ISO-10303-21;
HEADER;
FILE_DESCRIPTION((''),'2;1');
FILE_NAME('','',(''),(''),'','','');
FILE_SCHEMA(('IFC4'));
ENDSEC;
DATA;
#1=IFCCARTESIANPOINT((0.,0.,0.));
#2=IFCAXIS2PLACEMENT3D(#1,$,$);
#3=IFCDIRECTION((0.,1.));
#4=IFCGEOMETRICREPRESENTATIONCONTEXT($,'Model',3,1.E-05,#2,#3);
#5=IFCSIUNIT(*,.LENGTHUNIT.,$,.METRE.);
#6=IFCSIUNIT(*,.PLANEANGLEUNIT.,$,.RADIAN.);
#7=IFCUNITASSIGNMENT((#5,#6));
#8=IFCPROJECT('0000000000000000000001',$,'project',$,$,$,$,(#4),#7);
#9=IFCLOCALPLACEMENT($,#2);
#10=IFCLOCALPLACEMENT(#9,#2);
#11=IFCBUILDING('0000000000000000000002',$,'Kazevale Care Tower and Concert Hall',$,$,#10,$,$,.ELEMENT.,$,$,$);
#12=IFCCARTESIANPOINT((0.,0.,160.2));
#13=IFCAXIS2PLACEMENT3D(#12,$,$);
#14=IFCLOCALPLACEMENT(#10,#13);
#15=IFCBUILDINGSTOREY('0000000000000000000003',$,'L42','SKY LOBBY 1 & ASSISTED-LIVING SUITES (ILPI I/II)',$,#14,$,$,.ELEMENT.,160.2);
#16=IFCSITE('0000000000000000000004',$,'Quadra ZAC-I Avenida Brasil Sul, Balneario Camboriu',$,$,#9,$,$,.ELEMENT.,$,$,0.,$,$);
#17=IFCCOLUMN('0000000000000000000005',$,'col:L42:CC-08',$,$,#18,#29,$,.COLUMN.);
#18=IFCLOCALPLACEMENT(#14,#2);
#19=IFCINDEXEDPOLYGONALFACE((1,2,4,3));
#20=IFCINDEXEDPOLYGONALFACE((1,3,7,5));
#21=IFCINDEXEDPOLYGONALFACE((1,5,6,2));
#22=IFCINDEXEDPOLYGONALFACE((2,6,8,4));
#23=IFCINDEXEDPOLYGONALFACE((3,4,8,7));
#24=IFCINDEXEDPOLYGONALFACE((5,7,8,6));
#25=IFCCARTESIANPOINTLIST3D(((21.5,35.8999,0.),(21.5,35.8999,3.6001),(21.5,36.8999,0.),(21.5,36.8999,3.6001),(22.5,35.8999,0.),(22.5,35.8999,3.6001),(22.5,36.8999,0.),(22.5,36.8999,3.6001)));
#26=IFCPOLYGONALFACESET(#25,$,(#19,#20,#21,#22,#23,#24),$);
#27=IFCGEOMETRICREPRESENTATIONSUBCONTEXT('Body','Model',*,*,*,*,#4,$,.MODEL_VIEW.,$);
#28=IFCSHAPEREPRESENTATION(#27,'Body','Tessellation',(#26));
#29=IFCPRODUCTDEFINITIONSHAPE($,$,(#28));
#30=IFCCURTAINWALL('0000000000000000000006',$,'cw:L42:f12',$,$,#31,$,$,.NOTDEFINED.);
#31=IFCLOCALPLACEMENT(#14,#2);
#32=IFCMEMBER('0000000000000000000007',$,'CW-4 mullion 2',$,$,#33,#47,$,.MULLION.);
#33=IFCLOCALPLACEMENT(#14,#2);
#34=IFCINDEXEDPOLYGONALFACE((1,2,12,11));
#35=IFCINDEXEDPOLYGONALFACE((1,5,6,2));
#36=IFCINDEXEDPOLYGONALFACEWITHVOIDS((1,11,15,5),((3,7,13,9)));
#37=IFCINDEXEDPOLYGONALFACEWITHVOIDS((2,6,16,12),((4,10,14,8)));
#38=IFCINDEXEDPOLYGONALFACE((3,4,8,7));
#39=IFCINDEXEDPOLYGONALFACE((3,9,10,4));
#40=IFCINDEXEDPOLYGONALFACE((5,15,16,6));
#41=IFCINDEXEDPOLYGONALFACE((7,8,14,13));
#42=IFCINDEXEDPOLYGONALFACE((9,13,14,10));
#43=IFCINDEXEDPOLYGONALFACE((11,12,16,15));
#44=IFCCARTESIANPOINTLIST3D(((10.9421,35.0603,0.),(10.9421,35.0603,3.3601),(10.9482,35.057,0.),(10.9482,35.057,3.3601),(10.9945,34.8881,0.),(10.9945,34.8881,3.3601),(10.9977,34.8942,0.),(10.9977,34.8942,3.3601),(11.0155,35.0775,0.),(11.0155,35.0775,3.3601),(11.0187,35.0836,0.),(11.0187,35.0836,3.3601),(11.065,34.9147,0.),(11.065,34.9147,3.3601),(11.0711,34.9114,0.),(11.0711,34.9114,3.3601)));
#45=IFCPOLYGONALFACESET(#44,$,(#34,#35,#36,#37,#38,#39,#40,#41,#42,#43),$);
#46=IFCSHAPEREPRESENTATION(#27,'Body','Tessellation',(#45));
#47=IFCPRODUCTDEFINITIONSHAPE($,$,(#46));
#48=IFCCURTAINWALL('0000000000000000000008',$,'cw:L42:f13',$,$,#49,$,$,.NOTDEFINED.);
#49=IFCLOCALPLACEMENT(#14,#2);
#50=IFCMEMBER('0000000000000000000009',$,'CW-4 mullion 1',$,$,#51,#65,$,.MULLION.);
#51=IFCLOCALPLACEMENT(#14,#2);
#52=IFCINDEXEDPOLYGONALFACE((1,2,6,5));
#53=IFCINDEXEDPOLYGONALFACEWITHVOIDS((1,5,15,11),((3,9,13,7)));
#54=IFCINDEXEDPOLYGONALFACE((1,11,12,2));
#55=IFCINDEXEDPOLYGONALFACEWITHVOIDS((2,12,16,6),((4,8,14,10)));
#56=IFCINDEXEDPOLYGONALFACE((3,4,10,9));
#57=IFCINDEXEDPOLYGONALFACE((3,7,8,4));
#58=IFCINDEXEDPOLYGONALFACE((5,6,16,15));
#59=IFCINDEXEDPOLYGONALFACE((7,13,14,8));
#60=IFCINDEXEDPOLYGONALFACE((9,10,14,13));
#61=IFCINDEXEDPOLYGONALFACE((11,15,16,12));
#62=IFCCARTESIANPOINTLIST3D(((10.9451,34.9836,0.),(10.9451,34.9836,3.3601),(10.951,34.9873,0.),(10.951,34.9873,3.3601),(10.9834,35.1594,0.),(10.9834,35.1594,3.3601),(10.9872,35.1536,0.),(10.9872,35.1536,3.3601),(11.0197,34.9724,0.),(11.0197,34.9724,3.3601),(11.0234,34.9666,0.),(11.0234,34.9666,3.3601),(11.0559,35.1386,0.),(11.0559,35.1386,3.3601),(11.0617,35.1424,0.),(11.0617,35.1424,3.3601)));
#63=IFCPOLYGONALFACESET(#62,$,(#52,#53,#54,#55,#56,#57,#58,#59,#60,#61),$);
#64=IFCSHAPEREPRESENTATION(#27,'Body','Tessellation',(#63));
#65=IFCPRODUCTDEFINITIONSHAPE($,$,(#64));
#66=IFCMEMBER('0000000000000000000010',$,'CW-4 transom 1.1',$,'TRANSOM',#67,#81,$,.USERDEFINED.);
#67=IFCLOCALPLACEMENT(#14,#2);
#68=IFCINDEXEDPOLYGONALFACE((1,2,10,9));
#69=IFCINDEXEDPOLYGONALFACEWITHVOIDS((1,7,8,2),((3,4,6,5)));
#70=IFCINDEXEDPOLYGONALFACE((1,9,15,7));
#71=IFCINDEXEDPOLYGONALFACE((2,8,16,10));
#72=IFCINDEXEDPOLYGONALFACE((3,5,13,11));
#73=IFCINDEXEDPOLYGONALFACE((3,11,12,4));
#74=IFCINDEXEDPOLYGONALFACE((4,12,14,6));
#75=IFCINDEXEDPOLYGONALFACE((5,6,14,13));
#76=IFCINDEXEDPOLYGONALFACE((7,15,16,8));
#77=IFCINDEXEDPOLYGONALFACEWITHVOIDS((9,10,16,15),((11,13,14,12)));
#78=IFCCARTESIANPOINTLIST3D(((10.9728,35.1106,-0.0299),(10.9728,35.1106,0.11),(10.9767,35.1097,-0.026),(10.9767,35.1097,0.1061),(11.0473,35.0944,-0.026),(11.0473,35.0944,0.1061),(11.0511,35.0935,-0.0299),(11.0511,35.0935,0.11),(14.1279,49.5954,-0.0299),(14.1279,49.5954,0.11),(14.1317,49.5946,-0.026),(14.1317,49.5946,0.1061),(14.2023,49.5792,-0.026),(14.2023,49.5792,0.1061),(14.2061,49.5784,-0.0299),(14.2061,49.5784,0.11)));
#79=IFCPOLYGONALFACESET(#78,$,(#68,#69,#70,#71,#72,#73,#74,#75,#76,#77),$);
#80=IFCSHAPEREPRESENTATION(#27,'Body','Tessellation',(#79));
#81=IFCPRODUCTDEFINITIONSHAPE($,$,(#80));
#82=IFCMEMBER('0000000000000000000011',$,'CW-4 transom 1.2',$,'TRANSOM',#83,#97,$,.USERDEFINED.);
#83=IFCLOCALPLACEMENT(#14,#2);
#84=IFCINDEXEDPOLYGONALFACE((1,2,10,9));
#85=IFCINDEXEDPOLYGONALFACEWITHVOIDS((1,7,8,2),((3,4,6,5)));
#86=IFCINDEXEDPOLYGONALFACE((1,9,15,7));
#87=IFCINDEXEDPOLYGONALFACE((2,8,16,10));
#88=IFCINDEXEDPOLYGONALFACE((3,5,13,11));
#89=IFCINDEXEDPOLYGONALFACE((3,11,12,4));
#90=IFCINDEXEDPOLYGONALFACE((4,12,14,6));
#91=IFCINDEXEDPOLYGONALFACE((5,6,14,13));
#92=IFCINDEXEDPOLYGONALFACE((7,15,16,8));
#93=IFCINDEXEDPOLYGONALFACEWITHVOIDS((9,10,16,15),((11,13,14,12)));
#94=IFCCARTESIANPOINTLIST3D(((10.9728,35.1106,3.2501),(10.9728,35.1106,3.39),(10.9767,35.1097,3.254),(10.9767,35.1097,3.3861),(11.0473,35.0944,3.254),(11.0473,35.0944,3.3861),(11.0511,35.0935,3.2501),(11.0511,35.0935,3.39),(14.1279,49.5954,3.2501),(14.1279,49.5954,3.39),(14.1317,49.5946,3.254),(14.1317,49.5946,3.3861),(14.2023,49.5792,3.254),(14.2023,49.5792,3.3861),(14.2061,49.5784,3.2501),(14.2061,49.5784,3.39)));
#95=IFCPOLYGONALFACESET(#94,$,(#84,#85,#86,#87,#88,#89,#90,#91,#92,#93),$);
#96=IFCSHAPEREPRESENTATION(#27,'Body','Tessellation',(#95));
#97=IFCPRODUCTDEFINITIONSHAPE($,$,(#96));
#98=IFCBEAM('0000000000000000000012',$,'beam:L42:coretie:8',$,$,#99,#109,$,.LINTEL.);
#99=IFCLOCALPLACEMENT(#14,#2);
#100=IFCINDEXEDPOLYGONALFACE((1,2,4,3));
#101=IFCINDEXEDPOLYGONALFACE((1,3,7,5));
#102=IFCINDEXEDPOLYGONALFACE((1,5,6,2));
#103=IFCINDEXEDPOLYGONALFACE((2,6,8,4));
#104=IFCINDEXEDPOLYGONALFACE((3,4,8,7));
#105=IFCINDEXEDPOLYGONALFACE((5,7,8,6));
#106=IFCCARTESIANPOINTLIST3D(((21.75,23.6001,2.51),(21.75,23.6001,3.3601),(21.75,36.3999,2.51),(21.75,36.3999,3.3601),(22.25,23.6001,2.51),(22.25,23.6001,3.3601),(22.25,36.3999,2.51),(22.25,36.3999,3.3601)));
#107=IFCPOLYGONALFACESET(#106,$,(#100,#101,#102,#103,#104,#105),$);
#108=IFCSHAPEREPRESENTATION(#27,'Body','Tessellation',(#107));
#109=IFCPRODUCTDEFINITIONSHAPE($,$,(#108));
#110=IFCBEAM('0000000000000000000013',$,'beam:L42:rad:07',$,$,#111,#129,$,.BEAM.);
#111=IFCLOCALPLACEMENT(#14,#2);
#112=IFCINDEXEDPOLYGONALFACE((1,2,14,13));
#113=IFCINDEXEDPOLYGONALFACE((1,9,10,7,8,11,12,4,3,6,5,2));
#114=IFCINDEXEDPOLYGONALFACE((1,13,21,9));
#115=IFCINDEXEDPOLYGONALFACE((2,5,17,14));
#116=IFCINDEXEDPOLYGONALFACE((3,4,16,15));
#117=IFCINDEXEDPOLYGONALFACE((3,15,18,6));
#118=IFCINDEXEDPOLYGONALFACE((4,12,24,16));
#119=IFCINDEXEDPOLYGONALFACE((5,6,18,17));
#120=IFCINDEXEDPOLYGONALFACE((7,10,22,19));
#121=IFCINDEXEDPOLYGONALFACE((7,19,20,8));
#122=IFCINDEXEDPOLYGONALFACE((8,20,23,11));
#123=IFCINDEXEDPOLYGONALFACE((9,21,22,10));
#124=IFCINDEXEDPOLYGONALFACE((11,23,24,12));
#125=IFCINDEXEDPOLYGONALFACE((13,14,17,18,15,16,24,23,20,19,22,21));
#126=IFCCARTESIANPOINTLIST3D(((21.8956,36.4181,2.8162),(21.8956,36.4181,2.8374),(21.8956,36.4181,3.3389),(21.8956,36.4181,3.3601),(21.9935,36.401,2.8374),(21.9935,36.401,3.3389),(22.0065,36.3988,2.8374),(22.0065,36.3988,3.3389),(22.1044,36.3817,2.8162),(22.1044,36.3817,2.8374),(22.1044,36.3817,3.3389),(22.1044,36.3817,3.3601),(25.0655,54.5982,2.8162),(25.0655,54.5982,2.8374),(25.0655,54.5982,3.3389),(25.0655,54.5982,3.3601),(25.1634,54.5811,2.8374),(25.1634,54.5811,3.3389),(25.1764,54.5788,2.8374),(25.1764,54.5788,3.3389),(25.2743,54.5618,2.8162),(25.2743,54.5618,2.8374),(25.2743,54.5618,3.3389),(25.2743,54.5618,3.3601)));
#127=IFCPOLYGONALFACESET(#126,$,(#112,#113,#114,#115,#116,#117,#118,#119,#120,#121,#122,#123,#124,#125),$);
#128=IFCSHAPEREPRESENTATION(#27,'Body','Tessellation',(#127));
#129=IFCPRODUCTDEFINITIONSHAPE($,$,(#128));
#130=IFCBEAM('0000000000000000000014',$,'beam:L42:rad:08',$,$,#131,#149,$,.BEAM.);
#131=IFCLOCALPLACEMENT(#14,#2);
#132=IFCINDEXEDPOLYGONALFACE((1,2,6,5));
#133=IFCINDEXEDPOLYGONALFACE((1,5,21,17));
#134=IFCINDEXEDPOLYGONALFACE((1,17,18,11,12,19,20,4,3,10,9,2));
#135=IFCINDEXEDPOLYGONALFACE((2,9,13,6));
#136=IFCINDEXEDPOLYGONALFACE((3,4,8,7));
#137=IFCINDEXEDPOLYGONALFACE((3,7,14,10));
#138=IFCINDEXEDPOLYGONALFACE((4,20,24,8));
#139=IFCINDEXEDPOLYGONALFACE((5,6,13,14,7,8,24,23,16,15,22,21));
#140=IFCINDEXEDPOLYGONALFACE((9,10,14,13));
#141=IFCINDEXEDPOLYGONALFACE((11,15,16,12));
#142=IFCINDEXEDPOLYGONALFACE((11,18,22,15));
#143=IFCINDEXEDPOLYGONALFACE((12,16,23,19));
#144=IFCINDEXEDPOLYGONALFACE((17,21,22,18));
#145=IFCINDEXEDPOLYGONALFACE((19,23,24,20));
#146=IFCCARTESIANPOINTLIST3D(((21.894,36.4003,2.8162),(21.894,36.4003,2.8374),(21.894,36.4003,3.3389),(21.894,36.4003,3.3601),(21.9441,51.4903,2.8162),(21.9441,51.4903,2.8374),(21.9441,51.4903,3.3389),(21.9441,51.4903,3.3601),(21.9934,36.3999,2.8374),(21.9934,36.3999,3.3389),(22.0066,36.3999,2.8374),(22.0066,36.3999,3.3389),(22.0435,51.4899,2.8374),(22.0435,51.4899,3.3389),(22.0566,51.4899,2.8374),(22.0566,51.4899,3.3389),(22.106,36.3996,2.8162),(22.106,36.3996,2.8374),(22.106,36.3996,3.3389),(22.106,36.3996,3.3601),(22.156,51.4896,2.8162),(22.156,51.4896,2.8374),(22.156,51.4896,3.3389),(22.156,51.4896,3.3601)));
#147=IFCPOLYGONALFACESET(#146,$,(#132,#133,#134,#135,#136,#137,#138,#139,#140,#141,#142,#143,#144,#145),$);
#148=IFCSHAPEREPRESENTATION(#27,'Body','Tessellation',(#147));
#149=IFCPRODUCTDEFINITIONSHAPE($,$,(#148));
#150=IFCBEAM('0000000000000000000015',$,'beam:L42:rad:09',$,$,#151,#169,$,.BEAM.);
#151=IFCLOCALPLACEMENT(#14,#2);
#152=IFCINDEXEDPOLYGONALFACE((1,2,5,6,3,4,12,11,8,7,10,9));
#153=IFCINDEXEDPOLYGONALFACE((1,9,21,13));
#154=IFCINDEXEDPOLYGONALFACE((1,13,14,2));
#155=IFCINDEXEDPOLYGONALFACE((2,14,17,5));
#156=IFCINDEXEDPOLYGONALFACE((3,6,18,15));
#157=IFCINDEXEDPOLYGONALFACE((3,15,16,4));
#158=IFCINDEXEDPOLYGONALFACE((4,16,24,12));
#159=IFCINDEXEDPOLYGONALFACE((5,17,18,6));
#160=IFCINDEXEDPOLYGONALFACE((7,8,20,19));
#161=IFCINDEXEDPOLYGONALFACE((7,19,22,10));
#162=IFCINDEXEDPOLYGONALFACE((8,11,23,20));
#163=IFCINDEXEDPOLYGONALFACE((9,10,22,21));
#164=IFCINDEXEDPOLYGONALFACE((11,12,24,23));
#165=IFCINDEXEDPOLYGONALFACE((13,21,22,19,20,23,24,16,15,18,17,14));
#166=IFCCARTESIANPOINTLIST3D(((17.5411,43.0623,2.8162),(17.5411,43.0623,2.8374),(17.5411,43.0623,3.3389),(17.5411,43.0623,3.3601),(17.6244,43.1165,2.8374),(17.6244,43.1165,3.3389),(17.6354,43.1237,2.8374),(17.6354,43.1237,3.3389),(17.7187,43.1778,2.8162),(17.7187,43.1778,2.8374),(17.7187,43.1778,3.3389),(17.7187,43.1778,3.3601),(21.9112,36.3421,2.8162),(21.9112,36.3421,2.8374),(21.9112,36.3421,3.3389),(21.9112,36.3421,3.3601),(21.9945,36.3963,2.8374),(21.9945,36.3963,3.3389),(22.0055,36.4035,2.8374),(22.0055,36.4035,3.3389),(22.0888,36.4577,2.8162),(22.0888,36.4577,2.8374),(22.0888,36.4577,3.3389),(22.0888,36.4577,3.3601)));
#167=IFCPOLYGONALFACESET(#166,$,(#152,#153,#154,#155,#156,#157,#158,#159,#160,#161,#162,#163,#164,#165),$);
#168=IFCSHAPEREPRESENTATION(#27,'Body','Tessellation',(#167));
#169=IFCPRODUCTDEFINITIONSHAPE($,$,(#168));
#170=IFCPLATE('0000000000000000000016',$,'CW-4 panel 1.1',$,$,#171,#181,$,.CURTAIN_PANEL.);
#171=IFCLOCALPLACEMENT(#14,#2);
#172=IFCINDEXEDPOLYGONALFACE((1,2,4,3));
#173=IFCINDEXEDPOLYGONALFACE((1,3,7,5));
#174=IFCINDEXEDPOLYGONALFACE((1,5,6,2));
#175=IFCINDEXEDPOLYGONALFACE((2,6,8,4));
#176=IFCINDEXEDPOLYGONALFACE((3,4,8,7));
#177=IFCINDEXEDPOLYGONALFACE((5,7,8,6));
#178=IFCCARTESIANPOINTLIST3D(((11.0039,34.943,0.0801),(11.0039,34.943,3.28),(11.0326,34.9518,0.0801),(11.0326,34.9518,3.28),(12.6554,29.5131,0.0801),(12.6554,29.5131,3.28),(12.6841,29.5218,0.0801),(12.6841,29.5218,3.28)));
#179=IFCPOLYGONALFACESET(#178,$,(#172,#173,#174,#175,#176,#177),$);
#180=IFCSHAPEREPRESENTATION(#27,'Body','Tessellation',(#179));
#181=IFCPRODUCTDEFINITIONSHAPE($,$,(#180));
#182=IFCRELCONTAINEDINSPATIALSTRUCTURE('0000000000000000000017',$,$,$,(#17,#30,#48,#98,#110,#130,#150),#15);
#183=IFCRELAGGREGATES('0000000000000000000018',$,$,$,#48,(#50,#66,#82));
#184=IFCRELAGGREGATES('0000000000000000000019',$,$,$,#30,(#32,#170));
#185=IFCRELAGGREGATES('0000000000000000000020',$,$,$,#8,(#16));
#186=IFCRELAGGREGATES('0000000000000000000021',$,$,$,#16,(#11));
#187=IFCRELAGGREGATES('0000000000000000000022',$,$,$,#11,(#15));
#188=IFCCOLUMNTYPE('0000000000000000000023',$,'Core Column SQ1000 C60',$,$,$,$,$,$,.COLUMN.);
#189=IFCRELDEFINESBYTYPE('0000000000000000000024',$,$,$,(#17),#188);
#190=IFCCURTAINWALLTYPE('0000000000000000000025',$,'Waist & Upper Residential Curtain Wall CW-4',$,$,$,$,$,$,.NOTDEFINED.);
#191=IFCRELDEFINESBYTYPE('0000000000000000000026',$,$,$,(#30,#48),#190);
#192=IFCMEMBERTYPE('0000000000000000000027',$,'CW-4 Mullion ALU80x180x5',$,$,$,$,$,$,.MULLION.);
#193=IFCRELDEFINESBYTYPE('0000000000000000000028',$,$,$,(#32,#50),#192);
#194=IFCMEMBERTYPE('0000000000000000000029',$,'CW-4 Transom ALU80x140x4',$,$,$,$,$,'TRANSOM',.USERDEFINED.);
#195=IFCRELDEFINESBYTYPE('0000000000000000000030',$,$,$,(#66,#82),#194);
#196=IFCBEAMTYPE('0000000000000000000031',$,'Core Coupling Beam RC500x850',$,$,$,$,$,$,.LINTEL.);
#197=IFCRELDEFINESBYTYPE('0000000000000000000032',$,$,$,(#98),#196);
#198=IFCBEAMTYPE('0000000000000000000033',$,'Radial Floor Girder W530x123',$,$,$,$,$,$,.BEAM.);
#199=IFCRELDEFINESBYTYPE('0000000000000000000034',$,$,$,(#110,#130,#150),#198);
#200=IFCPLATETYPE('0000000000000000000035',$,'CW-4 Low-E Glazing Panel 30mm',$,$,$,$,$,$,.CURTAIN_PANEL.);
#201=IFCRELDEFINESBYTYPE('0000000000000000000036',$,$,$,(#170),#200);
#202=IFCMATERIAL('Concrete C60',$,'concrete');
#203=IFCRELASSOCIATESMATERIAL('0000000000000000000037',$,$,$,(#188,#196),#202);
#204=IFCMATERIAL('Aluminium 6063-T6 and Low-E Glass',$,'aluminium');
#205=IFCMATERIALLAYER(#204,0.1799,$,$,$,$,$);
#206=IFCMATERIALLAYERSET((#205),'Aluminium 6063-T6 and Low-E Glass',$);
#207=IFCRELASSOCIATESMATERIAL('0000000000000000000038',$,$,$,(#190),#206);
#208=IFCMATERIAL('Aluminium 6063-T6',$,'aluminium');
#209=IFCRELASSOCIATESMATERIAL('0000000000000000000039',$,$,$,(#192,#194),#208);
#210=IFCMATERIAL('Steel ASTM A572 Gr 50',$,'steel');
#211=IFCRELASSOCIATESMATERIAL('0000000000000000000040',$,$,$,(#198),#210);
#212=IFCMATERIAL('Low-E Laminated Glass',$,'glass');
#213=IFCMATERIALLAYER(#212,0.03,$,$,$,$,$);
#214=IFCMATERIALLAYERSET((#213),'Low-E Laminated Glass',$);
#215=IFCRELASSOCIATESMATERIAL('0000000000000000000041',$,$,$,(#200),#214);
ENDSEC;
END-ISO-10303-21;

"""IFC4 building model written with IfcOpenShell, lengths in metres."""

from ifc_helpers import new_model, si_unit, direction, frame, origin, origin_2d, place, context, subcontext, project, spatial, rectangle, hollow_rectangle, i_section, extrude, material, layer, layer_set, material_profile, profile_set, type_object, element, aggregate, save


model = new_model("IFC4")

# Units and contexts
model_context = context("Model", 3, precision=1e-05, world=origin(), true_north=direction((0.0, 1.0)))
body_context = subcontext(model_context, "Body", "Model", "MODEL_VIEW")
ifc_project = project(units=[si_unit("LENGTHUNIT", "METRE"), si_unit("PLANEANGLEUNIT", "RADIAN")], contexts=[model_context])

# Site, building, storey
site_placement = place(None, origin())
site = spatial("IfcSite", under=ifc_project, at=site_placement, Name="Quadra ZAC-I Avenida Brasil Sul, Balneario Camboriu", CompositionType="ELEMENT", RefElevation=0.0)
building_placement = place(site_placement, origin())
building = spatial("IfcBuilding", under=site, at=building_placement, Name="Kazevale Care Tower and Concert Hall", CompositionType="ELEMENT")
storey_placement = place(building_placement, frame((0.0, 0.0, 160.2)))
storey = spatial("IfcBuildingStorey", under=building, at=storey_placement, Name="L42", Description="SKY LOBBY 1 & ASSISTED-LIVING SUITES (ILPI I/II)", CompositionType="ELEMENT", Elevation=160.2)

# Column
ifc_material_1 = material(Name="Concrete C60", Category="concrete")
ifc_material_profile_1 = material_profile(ifc_material_1, rectangle(XDim=1.0, YDim=1.0, at=origin_2d()), Name="RC-SQ1000")
ifc_profile_set_1 = profile_set([ifc_material_profile_1], Name="Concrete C60")
column_type = type_object("IfcColumnType", Name="Core Column SQ1000 C60", PredefinedType="COLUMN", material=ifc_profile_set_1)
column_placement = place(storey_placement, frame((22.0, 36.3999, 0.0), z_axis=(0.0, 0.0, 1.0), x_axis=(1.0, 0.0, 0.0)))
element("IfcColumn", 1, at=column_placement, inside=storey, type_object=column_type, Name="col:L42:CC-08", PredefinedType="COLUMN", context=body_context, shape_type="SweptSolid", body=[
    extrude(rectangle(XDim=1.0, YDim=1.0, at=origin_2d()), origin(), (0.0, 0.0, 1.0), 3.6001),
])

# Curtain wall, member
ifc_material_2 = material(Name="Aluminium 6063-T6 and Low-E Glass", Category="aluminium")
ifc_layer_1 = layer(ifc_material_2, 0.1799)
ifc_layer_set_1 = layer_set([ifc_layer_1], Name="Aluminium 6063-T6 and Low-E Glass")
curtain_wall_type = type_object("IfcCurtainWallType", Name="Waist & Upper Residential Curtain Wall CW-4", PredefinedType="NOTDEFINED", material=ifc_layer_set_1)
curtain_wall_1_placement = place(storey_placement, origin())
curtain_wall_1 = element("IfcCurtainWall", 2, at=curtain_wall_1_placement, inside=storey, type_object=curtain_wall_type, Name="cw:L42:f12", PredefinedType="NOTDEFINED")
ifc_material_3 = material(Name="Aluminium 6063-T6", Category="aluminium")
ifc_material_profile_2 = material_profile(ifc_material_3, hollow_rectangle(XDim=0.0801, YDim=0.1799, WallThickness=0.0049, at=origin_2d()), Name="ALU80x180x5")
ifc_profile_set_2 = profile_set([ifc_material_profile_2], Name="Aluminium 6063-T6")
member_type_1 = type_object("IfcMemberType", Name="CW-4 Mullion ALU80x180x5", PredefinedType="MULLION", material=ifc_profile_set_2)
member_1_placement = place(storey_placement, frame((11.0066, 34.9858, 0.0), z_axis=(0.0, 0.0, 1.0), x_axis=(-0.95673, -0.290977, 0.0)))
member_1 = element("IfcMember", 3, at=member_1_placement, type_object=member_type_1, Name="CW-4 mullion 2", PredefinedType="MULLION", context=body_context, shape_type="SweptSolid", body=[
    extrude(hollow_rectangle(XDim=0.0801, YDim=0.1799, WallThickness=0.0049, at=origin_2d()), origin(), (0.0, 0.0, 1.0), 3.3601),
])

# Curtain wall, members
curtain_wall_2_placement = place(storey_placement, origin())
curtain_wall_2 = element("IfcCurtainWall", 4, at=curtain_wall_2_placement, inside=storey, type_object=curtain_wall_type, Name="cw:L42:f13", PredefinedType="NOTDEFINED")
member_2_placement = place(storey_placement, frame((11.0034, 35.063, 0.0), z_axis=(0.0, 0.0, 1.0), x_axis=(-0.977091, 0.212823, 0.0)))
member_2 = element("IfcMember", 5, at=member_2_placement, type_object=member_type_1, Name="CW-4 mullion 1", PredefinedType="MULLION", context=body_context, shape_type="SweptSolid", body=[
    extrude(hollow_rectangle(XDim=0.0801, YDim=0.1799, WallThickness=0.0049, at=origin_2d()), origin(), (0.0, 0.0, 1.0), 3.3601),
])
ifc_material_profile_3 = material_profile(ifc_material_3, hollow_rectangle(XDim=0.0801, YDim=0.1399, WallThickness=0.0039, at=origin_2d()), Name="ALU80x140x4")
ifc_profile_set_3 = profile_set([ifc_material_profile_3], Name="Aluminium 6063-T6")
member_type_2 = type_object("IfcMemberType", Name="CW-4 Transom ALU80x140x4", ElementType="TRANSOM", PredefinedType="USERDEFINED", material=ifc_profile_set_3)
member_3_placement = place(storey_placement, frame((11.012, 35.1021, 0.04), z_axis=(0.212826, 0.97709, 0.0), x_axis=(-0.97709, 0.212826, 0.0)))
member_3 = element("IfcMember", 6, at=member_3_placement, type_object=member_type_2, Name="CW-4 transom 1.1", ObjectType="TRANSOM", PredefinedType="USERDEFINED", context=body_context, shape_type="SweptSolid", body=[
    extrude(hollow_rectangle(XDim=0.0801, YDim=0.1399, WallThickness=0.0039, at=origin_2d()), origin(), (0.0, 0.0, 1.0), 14.8245),
])
member_4_placement = place(storey_placement, frame((11.012, 35.1021, 3.3201), z_axis=(0.212826, 0.97709, 0.0), x_axis=(-0.97709, 0.212826, 0.0)))
member_4 = element("IfcMember", 7, at=member_4_placement, type_object=member_type_2, Name="CW-4 transom 1.2", ObjectType="TRANSOM", PredefinedType="USERDEFINED", context=body_context, shape_type="SweptSolid", body=[
    extrude(hollow_rectangle(XDim=0.0801, YDim=0.1399, WallThickness=0.0039, at=origin_2d()), origin(), (0.0, 0.0, 1.0), 14.8245),
])
aggregate(curtain_wall_2, [member_2, member_3, member_4])

# Beams
ifc_material_profile_4 = material_profile(ifc_material_1, rectangle(XDim=0.5, YDim=0.8501, at=origin_2d()), Name="RC-B500x850")
ifc_profile_set_4 = profile_set([ifc_material_profile_4], Name="Concrete C60")
beam_type_1 = type_object("IfcBeamType", Name="Core Coupling Beam RC500x850", PredefinedType="LINTEL", material=ifc_profile_set_4)
beam_1_placement = place(storey_placement, frame((22.0, 36.3999, 2.9351), z_axis=(0.0, -1.0, 0.0), x_axis=(1.0, 0.0, 0.0)))
element("IfcBeam", 8, at=beam_1_placement, inside=storey, type_object=beam_type_1, Name="beam:L42:coretie:8", PredefinedType="LINTEL", context=body_context, shape_type="SweptSolid", body=[
    extrude(rectangle(XDim=0.5, YDim=0.8501, at=origin_2d()), origin(), (0.0, 0.0, 1.0), 12.7998),
])
ifc_material_4 = material(Name="Steel ASTM A572 Gr 50", Category="steel")
ifc_material_profile_5 = material_profile(ifc_material_4, i_section(OverallWidth=0.2119, OverallDepth=0.5439, WebThickness=0.0132, FlangeThickness=0.0212, at=origin_2d()), Name="W530x123")
ifc_profile_set_5 = profile_set([ifc_material_profile_5], Name="Steel ASTM A572 Gr 50")
beam_type_2 = type_object("IfcBeamType", Name="Radial Floor Girder W530x123", PredefinedType="BEAM", material=ifc_profile_set_5)
beam_2_placement = place(storey_placement, frame((22.0, 36.3999, 3.0881), z_axis=(0.17177, 0.985137, 0.0), x_axis=(-0.985137, 0.17177, 0.0)))
element("IfcBeam", 9, at=beam_2_placement, inside=storey, type_object=beam_type_2, Name="beam:L42:rad:07", PredefinedType="BEAM", context=body_context, shape_type="SweptSolid", body=[
    extrude(i_section(OverallWidth=0.2119, OverallDepth=0.5439, WebThickness=0.0132, FlangeThickness=0.0212, at=origin_2d()), origin(), (0.0, 0.0, 1.0), 18.4543),
])
beam_3_placement = place(storey_placement, frame((22.0, 36.3999, 3.0881), z_axis=(0.003317, 0.999994, 0.0), x_axis=(-0.999994, 0.003317, 0.0)))
element("IfcBeam", 10, at=beam_3_placement, inside=storey, type_object=beam_type_2, Name="beam:L42:rad:08", PredefinedType="BEAM", context=body_context, shape_type="SweptSolid", body=[
    extrude(i_section(OverallWidth=0.2119, OverallDepth=0.5439, WebThickness=0.0132, FlangeThickness=0.0212, at=origin_2d()), origin(), (0.0, 0.0, 1.0), 15.0901),
])
beam_4_placement = place(storey_placement, frame((22.0, 36.3999, 3.0881), z_axis=(-0.545162, 0.838331, 0.0), x_axis=(-0.838331, -0.545162, 0.0)))
element("IfcBeam", 11, at=beam_4_placement, inside=storey, type_object=beam_type_2, Name="beam:L42:rad:09", PredefinedType="BEAM", context=body_context, shape_type="SweptSolid", body=[
    extrude(i_section(OverallWidth=0.2119, OverallDepth=0.5439, WebThickness=0.0132, FlangeThickness=0.0212, at=origin_2d()), origin(), (0.0, 0.0, 1.0), 8.0161),
])

# Plate
ifc_material_5 = material(Name="Low-E Laminated Glass", Category="glass")
ifc_layer_2 = layer(ifc_material_5, 0.03)
ifc_layer_set_2 = layer_set([ifc_layer_2], Name="Low-E Laminated Glass")
plate_type = type_object("IfcPlateType", Name="CW-4 Low-E Glazing Panel 30mm", PredefinedType="CURTAIN_PANEL", material=ifc_layer_set_2)
plate_placement = place(storey_placement, frame((11.844, 32.2324, 0.0801), z_axis=(0.0, 0.0, 1.0), x_axis=(-0.290977, 0.95673, 0.0)))
plate = element("IfcPlate", 12, at=plate_placement, type_object=plate_type, Name="CW-4 panel 1.1", PredefinedType="CURTAIN_PANEL", context=body_context, shape_type="SweptSolid", body=[
    extrude(rectangle(XDim=5.6755, YDim=0.03, at=origin_2d()), origin(), (0.0, 0.0, 1.0), 3.2),
])
aggregate(curtain_wall_1, [member_1, plate])

save(model, "model.ifc")
